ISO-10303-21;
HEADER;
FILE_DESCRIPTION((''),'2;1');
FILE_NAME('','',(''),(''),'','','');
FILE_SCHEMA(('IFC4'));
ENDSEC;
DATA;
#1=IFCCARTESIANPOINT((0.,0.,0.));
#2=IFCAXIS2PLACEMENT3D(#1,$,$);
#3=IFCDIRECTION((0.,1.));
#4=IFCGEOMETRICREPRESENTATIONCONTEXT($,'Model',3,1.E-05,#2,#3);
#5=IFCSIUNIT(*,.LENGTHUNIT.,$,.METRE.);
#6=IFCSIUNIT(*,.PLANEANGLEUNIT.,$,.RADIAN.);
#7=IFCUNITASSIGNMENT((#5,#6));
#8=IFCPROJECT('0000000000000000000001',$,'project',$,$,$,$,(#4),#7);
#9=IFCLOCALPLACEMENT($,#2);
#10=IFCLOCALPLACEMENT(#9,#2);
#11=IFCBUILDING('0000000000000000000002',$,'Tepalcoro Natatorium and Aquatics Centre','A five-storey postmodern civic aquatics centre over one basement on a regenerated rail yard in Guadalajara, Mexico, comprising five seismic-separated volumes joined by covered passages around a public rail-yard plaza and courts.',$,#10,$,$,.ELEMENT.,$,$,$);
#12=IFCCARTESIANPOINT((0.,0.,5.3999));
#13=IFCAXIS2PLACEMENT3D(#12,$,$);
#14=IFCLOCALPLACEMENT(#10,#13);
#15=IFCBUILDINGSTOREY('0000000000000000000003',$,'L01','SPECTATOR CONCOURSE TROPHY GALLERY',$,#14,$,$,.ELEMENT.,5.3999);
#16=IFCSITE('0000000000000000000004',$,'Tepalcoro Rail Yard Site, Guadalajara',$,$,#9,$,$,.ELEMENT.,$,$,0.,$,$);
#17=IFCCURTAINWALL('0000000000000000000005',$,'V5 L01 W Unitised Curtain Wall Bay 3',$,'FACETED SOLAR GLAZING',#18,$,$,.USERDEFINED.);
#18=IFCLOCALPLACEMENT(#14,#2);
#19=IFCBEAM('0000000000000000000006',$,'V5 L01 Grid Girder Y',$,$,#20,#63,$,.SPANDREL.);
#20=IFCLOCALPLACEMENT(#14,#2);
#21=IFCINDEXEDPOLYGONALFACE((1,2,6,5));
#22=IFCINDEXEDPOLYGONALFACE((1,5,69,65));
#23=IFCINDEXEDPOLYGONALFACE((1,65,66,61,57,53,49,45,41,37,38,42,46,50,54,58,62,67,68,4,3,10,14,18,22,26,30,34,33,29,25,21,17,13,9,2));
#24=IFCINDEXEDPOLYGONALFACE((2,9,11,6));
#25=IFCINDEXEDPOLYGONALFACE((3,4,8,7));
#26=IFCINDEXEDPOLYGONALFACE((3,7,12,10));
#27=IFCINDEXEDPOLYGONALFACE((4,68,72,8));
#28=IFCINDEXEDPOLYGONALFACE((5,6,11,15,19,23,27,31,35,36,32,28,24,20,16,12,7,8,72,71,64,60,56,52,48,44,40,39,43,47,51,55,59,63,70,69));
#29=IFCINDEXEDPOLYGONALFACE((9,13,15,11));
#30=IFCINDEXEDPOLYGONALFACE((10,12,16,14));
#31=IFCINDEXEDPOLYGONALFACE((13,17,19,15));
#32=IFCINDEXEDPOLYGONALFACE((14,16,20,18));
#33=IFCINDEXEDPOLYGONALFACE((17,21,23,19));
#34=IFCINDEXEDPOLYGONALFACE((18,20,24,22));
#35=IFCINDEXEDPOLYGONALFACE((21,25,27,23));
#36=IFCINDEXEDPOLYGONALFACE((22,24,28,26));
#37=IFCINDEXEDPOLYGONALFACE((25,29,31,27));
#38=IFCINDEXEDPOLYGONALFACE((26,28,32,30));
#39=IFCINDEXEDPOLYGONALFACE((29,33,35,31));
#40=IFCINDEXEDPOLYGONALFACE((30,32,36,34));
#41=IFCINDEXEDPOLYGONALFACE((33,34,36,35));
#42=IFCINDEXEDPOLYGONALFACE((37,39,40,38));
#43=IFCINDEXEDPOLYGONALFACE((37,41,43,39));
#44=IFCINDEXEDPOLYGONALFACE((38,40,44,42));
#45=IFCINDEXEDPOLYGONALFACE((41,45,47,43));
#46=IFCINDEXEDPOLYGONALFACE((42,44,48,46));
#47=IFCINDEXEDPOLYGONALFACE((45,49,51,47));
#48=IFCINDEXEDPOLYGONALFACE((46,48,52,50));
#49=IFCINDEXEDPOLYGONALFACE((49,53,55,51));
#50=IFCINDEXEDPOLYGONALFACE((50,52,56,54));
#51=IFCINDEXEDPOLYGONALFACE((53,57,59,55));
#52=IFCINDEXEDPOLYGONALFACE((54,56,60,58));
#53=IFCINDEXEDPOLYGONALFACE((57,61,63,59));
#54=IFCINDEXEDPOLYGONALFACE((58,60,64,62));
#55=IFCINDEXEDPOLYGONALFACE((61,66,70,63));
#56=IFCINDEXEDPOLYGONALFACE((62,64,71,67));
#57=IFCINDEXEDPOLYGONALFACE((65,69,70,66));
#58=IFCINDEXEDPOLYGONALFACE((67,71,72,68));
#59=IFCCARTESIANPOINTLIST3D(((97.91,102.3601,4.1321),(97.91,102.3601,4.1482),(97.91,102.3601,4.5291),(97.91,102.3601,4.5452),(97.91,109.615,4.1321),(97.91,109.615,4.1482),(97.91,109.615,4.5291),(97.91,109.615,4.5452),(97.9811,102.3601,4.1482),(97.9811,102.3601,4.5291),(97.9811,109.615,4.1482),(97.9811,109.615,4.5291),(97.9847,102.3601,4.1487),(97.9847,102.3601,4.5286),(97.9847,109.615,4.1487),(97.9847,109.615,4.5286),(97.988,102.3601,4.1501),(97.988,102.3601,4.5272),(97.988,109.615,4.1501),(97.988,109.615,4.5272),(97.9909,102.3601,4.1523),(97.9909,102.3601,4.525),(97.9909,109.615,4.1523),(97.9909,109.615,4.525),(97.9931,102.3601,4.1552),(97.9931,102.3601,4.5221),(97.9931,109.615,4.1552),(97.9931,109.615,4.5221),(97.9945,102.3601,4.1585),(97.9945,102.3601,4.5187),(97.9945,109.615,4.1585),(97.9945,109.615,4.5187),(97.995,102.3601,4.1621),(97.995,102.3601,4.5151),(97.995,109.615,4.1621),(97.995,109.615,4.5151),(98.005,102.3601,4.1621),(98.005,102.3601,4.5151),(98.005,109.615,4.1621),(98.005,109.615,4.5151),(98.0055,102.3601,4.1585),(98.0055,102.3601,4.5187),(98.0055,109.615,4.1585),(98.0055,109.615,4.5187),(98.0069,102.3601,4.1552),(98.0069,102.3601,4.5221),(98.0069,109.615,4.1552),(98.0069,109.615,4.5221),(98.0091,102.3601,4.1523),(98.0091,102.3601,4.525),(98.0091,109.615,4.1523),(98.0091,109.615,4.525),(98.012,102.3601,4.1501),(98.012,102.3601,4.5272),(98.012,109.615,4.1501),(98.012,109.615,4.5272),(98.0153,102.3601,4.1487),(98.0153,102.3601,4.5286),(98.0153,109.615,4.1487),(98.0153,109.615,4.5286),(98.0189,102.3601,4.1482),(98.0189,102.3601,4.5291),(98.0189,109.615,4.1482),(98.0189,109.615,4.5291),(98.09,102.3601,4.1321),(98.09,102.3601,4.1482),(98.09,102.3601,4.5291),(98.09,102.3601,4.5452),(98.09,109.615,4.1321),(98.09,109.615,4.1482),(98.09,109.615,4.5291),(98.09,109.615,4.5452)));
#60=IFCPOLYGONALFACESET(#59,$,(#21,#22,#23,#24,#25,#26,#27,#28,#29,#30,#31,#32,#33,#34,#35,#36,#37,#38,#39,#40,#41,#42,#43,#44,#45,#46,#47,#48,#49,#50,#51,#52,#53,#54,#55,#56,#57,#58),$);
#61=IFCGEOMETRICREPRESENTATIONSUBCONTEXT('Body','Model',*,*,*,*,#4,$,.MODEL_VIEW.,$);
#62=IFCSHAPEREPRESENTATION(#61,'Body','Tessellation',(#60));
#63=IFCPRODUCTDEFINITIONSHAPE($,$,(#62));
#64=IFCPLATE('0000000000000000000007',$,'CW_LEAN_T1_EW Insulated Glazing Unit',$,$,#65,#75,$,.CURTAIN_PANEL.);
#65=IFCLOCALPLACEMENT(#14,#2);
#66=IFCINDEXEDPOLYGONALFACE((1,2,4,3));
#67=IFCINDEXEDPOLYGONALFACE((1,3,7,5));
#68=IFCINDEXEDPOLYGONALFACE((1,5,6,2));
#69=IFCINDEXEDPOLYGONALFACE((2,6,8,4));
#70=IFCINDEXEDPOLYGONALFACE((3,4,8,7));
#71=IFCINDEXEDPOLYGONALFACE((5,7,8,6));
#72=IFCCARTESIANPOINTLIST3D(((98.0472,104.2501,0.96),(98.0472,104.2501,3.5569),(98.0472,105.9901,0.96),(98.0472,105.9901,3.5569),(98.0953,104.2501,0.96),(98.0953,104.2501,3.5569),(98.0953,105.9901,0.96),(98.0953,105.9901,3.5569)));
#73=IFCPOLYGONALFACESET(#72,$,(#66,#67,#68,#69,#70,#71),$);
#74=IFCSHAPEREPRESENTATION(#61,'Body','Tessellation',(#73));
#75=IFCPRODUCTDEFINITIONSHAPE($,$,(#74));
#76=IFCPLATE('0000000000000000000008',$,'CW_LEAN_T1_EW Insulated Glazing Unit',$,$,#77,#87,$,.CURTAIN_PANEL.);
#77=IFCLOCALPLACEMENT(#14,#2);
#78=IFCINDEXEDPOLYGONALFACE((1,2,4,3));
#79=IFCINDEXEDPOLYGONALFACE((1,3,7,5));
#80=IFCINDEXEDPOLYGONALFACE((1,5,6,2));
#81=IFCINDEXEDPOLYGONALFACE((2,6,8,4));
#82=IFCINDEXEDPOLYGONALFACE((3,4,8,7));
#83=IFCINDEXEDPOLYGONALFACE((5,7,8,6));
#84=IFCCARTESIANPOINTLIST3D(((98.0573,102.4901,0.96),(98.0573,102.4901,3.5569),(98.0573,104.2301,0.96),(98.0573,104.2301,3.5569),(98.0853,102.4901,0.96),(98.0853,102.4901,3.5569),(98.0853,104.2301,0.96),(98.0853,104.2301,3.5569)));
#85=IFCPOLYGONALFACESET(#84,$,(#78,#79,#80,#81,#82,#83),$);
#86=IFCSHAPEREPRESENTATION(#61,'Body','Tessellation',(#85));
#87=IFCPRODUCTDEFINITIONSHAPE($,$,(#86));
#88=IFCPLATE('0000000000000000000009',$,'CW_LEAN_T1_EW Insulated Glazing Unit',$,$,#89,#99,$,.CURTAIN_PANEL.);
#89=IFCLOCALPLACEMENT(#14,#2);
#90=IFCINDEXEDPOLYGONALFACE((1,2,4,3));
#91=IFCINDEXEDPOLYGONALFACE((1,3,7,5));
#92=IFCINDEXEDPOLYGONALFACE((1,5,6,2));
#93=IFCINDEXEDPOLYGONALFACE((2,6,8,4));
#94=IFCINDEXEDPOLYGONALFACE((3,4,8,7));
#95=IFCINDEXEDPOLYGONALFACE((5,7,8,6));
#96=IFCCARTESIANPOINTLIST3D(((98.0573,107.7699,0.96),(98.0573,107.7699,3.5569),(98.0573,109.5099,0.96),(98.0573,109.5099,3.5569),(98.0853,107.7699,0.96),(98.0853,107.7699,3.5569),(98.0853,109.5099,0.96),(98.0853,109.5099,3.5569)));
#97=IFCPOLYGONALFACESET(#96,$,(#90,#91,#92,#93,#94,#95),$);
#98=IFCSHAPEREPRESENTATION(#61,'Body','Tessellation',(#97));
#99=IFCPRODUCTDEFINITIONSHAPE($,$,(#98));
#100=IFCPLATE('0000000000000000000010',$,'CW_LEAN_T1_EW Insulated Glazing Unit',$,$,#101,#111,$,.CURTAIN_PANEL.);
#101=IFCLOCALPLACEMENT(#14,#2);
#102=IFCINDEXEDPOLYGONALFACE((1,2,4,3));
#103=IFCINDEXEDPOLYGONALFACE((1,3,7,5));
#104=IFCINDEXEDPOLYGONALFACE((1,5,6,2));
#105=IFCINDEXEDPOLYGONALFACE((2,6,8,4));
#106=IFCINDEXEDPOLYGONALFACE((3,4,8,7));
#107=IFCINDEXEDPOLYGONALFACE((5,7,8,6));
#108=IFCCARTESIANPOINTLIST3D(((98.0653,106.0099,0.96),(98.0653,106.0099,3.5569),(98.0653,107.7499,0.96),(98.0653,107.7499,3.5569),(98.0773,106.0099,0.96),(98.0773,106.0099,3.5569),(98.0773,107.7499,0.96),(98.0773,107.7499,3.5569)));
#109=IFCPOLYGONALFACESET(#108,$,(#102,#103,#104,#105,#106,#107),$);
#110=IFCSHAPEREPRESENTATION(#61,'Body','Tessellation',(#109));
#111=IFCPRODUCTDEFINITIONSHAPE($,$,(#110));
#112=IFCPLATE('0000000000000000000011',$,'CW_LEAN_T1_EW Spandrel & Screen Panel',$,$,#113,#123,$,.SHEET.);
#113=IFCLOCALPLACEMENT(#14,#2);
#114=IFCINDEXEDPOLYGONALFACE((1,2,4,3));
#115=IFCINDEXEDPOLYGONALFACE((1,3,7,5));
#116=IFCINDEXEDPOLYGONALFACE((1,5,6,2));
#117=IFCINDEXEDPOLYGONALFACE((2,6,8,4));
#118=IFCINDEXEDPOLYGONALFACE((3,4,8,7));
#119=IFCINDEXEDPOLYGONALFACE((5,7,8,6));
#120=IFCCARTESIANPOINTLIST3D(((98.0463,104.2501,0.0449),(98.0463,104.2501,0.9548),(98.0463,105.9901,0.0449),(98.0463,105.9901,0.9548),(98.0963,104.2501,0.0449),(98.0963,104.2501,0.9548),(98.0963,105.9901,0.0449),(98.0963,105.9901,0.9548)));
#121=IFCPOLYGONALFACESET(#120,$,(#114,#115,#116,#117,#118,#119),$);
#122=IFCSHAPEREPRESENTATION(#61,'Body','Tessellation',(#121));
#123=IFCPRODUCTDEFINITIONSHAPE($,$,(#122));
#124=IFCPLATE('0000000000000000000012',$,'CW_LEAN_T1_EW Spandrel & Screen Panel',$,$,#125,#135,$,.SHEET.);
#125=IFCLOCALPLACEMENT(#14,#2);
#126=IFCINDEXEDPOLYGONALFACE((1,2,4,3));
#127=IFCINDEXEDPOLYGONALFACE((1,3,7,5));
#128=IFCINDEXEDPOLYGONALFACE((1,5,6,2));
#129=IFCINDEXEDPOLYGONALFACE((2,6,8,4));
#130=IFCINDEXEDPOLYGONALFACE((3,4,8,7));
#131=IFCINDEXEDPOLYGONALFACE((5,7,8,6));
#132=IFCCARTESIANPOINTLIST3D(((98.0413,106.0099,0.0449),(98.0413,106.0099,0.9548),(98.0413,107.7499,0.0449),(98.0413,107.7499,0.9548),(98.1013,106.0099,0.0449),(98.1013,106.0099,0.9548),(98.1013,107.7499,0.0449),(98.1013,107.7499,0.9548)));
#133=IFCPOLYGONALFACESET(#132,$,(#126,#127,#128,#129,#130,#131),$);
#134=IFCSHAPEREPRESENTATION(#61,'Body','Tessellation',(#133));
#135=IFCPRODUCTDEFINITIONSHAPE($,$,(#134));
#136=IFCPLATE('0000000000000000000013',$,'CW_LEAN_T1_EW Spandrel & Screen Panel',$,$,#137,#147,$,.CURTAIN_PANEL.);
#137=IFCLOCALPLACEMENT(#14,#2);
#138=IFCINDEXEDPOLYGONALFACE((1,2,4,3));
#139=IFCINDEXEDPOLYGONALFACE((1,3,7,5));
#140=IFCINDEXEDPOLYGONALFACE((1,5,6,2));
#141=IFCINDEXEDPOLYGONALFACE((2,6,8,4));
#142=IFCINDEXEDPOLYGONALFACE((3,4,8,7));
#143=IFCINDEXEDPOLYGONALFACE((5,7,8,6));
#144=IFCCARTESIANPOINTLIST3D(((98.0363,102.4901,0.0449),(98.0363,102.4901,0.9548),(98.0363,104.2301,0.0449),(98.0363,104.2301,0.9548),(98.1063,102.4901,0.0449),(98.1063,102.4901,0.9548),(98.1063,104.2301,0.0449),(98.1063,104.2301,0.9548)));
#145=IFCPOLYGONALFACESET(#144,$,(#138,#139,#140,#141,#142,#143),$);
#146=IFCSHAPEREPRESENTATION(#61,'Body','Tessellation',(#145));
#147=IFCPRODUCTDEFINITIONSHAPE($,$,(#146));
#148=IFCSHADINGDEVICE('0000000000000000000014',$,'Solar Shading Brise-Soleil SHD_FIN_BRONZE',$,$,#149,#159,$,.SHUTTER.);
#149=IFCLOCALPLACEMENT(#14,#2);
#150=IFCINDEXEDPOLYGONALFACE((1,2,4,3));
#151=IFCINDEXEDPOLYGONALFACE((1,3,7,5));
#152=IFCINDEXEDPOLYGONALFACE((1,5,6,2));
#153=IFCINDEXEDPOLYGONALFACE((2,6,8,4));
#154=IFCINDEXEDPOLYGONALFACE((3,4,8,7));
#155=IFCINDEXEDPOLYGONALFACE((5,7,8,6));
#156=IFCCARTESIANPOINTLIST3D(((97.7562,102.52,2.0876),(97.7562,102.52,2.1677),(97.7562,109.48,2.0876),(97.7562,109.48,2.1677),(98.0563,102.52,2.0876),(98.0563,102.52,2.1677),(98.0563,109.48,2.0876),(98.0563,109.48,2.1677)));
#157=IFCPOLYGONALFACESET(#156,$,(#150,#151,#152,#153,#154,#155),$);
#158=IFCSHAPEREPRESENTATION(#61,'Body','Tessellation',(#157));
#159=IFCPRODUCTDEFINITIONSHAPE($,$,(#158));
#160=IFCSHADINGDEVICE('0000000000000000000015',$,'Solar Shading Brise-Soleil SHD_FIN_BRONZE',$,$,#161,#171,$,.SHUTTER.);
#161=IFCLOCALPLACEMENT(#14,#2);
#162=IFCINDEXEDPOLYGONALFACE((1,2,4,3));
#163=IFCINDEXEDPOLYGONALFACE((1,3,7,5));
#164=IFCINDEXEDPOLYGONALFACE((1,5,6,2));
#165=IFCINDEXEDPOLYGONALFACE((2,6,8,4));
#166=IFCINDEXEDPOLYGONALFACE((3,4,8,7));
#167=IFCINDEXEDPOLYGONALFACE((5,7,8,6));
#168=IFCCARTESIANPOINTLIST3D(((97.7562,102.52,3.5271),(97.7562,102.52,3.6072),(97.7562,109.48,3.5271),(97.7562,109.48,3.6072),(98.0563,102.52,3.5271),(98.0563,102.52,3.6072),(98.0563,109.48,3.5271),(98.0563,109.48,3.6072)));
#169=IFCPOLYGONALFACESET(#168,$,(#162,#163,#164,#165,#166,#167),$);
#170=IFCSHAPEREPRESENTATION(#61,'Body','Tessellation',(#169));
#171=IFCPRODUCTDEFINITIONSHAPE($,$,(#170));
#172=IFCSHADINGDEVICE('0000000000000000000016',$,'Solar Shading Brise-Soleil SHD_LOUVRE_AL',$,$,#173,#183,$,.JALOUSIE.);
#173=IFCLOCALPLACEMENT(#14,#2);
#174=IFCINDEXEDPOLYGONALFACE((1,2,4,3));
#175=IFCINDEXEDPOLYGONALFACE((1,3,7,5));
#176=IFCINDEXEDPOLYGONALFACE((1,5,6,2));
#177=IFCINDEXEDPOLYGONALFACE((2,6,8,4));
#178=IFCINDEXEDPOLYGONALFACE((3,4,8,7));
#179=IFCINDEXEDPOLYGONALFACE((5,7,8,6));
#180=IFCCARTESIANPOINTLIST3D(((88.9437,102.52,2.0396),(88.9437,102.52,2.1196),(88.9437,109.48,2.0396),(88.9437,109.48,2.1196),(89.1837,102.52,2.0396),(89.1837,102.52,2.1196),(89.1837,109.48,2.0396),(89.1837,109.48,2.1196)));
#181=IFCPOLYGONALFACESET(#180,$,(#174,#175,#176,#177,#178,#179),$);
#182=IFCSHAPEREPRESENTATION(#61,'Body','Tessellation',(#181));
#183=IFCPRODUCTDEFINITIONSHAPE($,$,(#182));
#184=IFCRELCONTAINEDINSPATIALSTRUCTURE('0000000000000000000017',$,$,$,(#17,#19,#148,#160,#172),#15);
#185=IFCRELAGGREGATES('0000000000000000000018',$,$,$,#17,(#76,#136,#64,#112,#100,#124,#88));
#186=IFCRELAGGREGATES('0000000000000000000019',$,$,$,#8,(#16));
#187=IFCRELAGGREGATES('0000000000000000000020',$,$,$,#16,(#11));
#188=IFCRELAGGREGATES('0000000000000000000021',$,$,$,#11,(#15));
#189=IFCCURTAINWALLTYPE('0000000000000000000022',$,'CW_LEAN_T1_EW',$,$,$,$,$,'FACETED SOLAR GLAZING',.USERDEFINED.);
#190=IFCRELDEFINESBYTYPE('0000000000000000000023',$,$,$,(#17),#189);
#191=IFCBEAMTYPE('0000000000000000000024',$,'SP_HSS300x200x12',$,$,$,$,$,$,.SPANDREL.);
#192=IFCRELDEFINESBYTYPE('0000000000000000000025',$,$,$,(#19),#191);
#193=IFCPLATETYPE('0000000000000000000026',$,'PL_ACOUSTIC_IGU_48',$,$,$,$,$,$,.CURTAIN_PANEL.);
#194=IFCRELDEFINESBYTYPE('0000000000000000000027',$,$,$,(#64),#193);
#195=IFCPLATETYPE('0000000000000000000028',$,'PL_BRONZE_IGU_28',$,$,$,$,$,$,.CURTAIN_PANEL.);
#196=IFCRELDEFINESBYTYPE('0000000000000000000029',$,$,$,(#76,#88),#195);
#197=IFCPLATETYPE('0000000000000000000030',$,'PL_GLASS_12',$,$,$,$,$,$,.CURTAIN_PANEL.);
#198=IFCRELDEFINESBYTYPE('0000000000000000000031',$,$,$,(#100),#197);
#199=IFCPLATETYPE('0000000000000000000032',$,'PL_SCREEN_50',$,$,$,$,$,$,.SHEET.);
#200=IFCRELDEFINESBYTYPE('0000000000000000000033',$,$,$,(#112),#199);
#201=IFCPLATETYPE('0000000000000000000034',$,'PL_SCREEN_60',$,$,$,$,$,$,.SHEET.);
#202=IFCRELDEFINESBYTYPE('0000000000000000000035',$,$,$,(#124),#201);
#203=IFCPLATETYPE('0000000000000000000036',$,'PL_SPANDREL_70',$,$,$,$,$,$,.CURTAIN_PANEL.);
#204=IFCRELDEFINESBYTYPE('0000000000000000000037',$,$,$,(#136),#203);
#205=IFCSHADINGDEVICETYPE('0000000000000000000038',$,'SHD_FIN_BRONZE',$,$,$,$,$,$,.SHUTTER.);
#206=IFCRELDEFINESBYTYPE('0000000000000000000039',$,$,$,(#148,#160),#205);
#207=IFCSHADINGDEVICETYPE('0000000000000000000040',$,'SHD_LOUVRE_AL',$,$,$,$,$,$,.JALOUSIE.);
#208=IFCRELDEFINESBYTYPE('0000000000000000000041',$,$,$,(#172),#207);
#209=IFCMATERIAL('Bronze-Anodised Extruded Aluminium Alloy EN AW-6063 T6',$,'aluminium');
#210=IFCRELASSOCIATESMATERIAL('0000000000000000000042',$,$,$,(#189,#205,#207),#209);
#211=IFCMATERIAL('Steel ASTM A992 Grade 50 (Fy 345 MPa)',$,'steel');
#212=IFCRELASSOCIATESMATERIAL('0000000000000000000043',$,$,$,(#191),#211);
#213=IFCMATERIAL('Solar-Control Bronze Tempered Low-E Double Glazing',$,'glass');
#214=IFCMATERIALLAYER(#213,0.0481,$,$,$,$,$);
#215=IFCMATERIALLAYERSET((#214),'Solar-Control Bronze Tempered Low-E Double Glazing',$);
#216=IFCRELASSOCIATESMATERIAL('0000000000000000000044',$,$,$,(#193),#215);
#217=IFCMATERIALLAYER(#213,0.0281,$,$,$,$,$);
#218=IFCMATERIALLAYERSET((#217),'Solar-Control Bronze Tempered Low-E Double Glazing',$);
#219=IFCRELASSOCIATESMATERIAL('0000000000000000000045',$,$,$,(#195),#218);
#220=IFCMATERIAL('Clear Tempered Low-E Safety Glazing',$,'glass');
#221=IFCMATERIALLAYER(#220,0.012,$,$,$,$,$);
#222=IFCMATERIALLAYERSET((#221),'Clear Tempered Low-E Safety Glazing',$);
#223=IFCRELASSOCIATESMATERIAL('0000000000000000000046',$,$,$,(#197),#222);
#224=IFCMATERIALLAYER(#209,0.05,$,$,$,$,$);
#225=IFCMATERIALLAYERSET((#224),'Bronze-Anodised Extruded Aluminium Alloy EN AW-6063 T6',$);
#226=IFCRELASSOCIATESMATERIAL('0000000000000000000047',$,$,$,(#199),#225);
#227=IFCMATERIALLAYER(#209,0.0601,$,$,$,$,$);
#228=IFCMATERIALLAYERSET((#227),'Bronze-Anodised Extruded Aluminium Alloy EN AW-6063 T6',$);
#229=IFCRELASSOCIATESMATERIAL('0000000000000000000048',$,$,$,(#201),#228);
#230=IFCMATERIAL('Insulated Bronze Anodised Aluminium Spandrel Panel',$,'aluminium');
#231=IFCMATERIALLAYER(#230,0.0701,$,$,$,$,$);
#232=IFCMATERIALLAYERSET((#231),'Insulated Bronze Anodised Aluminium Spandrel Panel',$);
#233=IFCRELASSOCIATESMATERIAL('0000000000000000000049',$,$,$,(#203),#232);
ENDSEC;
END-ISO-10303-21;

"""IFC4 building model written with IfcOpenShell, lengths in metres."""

from ifc_helpers import new_model, si_unit, direction, frame, origin, origin_2d, place, context, subcontext, project, spatial, rectangle, i_section, extrude, material, layer, layer_set, material_profile, profile_set, type_object, element, aggregate, save


model = new_model("IFC4")

# Units and contexts
model_context = context("Model", 3, precision=1e-05, world=origin(), true_north=direction((0.0, 1.0)))
body_context = subcontext(model_context, "Body", "Model", "MODEL_VIEW")
ifc_project = project(units=[si_unit("LENGTHUNIT", "METRE"), si_unit("PLANEANGLEUNIT", "RADIAN")], contexts=[model_context])

# Site, building, storey
site_placement = place(None, origin())
site = spatial("IfcSite", under=ifc_project, at=site_placement, Name="Tepalcoro Rail Yard Site, Guadalajara", CompositionType="ELEMENT", RefElevation=0.0)
building_placement = place(site_placement, origin())
building = spatial("IfcBuilding", under=site, at=building_placement, Name="Tepalcoro Natatorium and Aquatics Centre", Description="A five-storey postmodern civic aquatics centre over one basement on a regenerated rail yard in Guadalajara, Mexico, comprising five seismic-separated volumes joined by covered passages around a public rail-yard plaza and courts.", CompositionType="ELEMENT")
storey_placement = place(building_placement, frame((0.0, 0.0, 5.3999)))
storey = spatial("IfcBuildingStorey", under=building, at=storey_placement, Name="L01", Description="SPECTATOR CONCOURSE TROPHY GALLERY", CompositionType="ELEMENT", Elevation=5.3999)

# Curtain wall
ifc_material_1 = material(Name="Bronze-Anodised Extruded Aluminium Alloy EN AW-6063 T6", Category="aluminium")
curtain_wall_type_1 = type_object("IfcCurtainWallType", Name="CW_LEAN_T1_EW", ElementType="FACETED SOLAR GLAZING", PredefinedType="USERDEFINED", material=ifc_material_1)
curtain_wall_1_placement = place(storey_placement, origin())
curtain_wall_1 = element("IfcCurtainWall", 1, at=curtain_wall_1_placement, inside=storey, type_object=curtain_wall_type_1, Name="V5 L01 W Unitised Curtain Wall Bay 3", ObjectType="FACETED SOLAR GLAZING", PredefinedType="USERDEFINED")

# Beam
ifc_material_2 = material(Name="Steel ASTM A992 Grade 50 (Fy 345 MPa)", Category="steel")
ifc_material_profile_1 = material_profile(ifc_material_2, i_section(OverallWidth=0.1799, OverallDepth=0.4131, WebThickness=0.01, FlangeThickness=0.0161, FilletRadius=0.0139, at=origin_2d()), Name="W16X50")
ifc_profile_set_1 = profile_set([ifc_material_profile_1], Name="Steel ASTM A992 Grade 50 (Fy 345 MPa)")
beam_type = type_object("IfcBeamType", Name="SP_HSS300x200x12", PredefinedType="SPANDREL", material=ifc_profile_set_1)
beam_placement = place(storey_placement, frame((98.0, 102.3601, 4.3386), z_axis=(0.0, 1.0, 0.0), x_axis=(-1.0, 0.0, 0.0)))
element("IfcBeam", 2, at=beam_placement, inside=storey, type_object=beam_type, Name="V5 L01 Grid Girder Y", PredefinedType="SPANDREL", context=body_context, shape_type="SweptSolid", body=[
    extrude(i_section(OverallWidth=0.1799, OverallDepth=0.4131, WebThickness=0.01, FlangeThickness=0.0161, FilletRadius=0.0139, at=origin_2d()), origin(), (0.0, 0.0, 1.0), 7.2549),
])

# Plates
ifc_material_3 = material(Name="Solar-Control Bronze Tempered Low-E Double Glazing", Category="glass")
ifc_layer_1 = layer(ifc_material_3, 0.0481)
ifc_layer_set_1 = layer_set([ifc_layer_1], Name="Solar-Control Bronze Tempered Low-E Double Glazing")
plate_type_1 = type_object("IfcPlateType", Name="PL_ACOUSTIC_IGU_48", PredefinedType="CURTAIN_PANEL", material=ifc_layer_set_1)
plate_1_placement = place(storey_placement, frame((98.0713, 105.1201, 0.96), z_axis=(0.0, 0.0, 1.0), x_axis=(1.0, 0.0, 0.0)))
plate_1 = element("IfcPlate", 3, at=plate_1_placement, type_object=plate_type_1, Name="CW_LEAN_T1_EW Insulated Glazing Unit", PredefinedType="CURTAIN_PANEL", context=body_context, shape_type="SweptSolid", body=[
    extrude(rectangle(XDim=0.0481, YDim=1.74, at=origin_2d()), origin(), (0.0, 0.0, 1.0), 2.5969),
])
ifc_layer_2 = layer(ifc_material_3, 0.0281)
ifc_layer_set_2 = layer_set([ifc_layer_2], Name="Solar-Control Bronze Tempered Low-E Double Glazing")
plate_type_2 = type_object("IfcPlateType", Name="PL_BRONZE_IGU_28", PredefinedType="CURTAIN_PANEL", material=ifc_layer_set_2)
plate_2_placement = place(storey_placement, frame((98.0713, 103.3601, 0.96), z_axis=(0.0, 0.0, 1.0), x_axis=(1.0, 0.0, 0.0)))
plate_2 = element("IfcPlate", 4, at=plate_2_placement, type_object=plate_type_2, Name="CW_LEAN_T1_EW Insulated Glazing Unit", PredefinedType="CURTAIN_PANEL", context=body_context, shape_type="SweptSolid", body=[
    extrude(rectangle(XDim=0.0281, YDim=1.74, at=origin_2d()), origin(), (0.0, 0.0, 1.0), 2.5969),
])
plate_3_placement = place(storey_placement, frame((98.0713, 108.6399, 0.96), z_axis=(0.0, 0.0, 1.0), x_axis=(1.0, 0.0, 0.0)))
plate_3 = element("IfcPlate", 5, at=plate_3_placement, type_object=plate_type_2, Name="CW_LEAN_T1_EW Insulated Glazing Unit", PredefinedType="CURTAIN_PANEL", context=body_context, shape_type="SweptSolid", body=[
    extrude(rectangle(XDim=0.0281, YDim=1.74, at=origin_2d()), origin(), (0.0, 0.0, 1.0), 2.5969),
])
ifc_material_4 = material(Name="Clear Tempered Low-E Safety Glazing", Category="glass")
ifc_layer_3 = layer(ifc_material_4, 0.012)
ifc_layer_set_3 = layer_set([ifc_layer_3], Name="Clear Tempered Low-E Safety Glazing")
plate_type_3 = type_object("IfcPlateType", Name="PL_GLASS_12", PredefinedType="CURTAIN_PANEL", material=ifc_layer_set_3)
plate_4_placement = place(storey_placement, frame((98.0713, 106.8799, 0.96), z_axis=(0.0, 0.0, 1.0), x_axis=(1.0, 0.0, 0.0)))
plate_4 = element("IfcPlate", 6, at=plate_4_placement, type_object=plate_type_3, Name="CW_LEAN_T1_EW Insulated Glazing Unit", PredefinedType="CURTAIN_PANEL", context=body_context, shape_type="SweptSolid", body=[
    extrude(rectangle(XDim=0.012, YDim=1.74, at=origin_2d()), origin(), (0.0, 0.0, 1.0), 2.5969),
])
ifc_layer_4 = layer(ifc_material_1, 0.05)
ifc_layer_set_4 = layer_set([ifc_layer_4], Name="Bronze-Anodised Extruded Aluminium Alloy EN AW-6063 T6")
plate_type_4 = type_object("IfcPlateType", Name="PL_SCREEN_50", PredefinedType="SHEET", material=ifc_layer_set_4)
plate_5_placement = place(storey_placement, frame((98.0713, 105.1201, 0.0449), z_axis=(0.0, 0.0, 1.0), x_axis=(1.0, 0.0, 0.0)))
plate_5 = element("IfcPlate", 7, at=plate_5_placement, type_object=plate_type_4, Name="CW_LEAN_T1_EW Spandrel & Screen Panel", PredefinedType="SHEET", context=body_context, shape_type="SweptSolid", body=[
    extrude(rectangle(XDim=0.05, YDim=1.74, at=origin_2d()), origin(), (0.0, 0.0, 1.0), 0.9099),
])
ifc_layer_5 = layer(ifc_material_1, 0.0601)
ifc_layer_set_5 = layer_set([ifc_layer_5], Name="Bronze-Anodised Extruded Aluminium Alloy EN AW-6063 T6")
plate_type_5 = type_object("IfcPlateType", Name="PL_SCREEN_60", PredefinedType="SHEET", material=ifc_layer_set_5)
plate_6_placement = place(storey_placement, frame((98.0713, 106.8799, 0.0449), z_axis=(0.0, 0.0, 1.0), x_axis=(1.0, 0.0, 0.0)))
plate_6 = element("IfcPlate", 8, at=plate_6_placement, type_object=plate_type_5, Name="CW_LEAN_T1_EW Spandrel & Screen Panel", PredefinedType="SHEET", context=body_context, shape_type="SweptSolid", body=[
    extrude(rectangle(XDim=0.0601, YDim=1.74, at=origin_2d()), origin(), (0.0, 0.0, 1.0), 0.9099),
])
ifc_material_5 = material(Name="Insulated Bronze Anodised Aluminium Spandrel Panel", Category="aluminium")
ifc_layer_6 = layer(ifc_material_5, 0.0701)
ifc_layer_set_6 = layer_set([ifc_layer_6], Name="Insulated Bronze Anodised Aluminium Spandrel Panel")
plate_type_6 = type_object("IfcPlateType", Name="PL_SPANDREL_70", PredefinedType="CURTAIN_PANEL", material=ifc_layer_set_6)
plate_7_placement = place(storey_placement, frame((98.0713, 103.3601, 0.0449), z_axis=(0.0, 0.0, 1.0), x_axis=(1.0, 0.0, 0.0)))
plate_7 = element("IfcPlate", 9, at=plate_7_placement, type_object=plate_type_6, Name="CW_LEAN_T1_EW Spandrel & Screen Panel", PredefinedType="CURTAIN_PANEL", context=body_context, shape_type="SweptSolid", body=[
    extrude(rectangle(XDim=0.0701, YDim=1.74, at=origin_2d()), origin(), (0.0, 0.0, 1.0), 0.9099),
])
aggregate(curtain_wall_1, [plate_2, plate_7, plate_1, plate_5, plate_4, plate_6, plate_3])

# Shading devices
shading_device_type_1 = type_object("IfcShadingDeviceType", Name="SHD_FIN_BRONZE", PredefinedType="SHUTTER", material=ifc_material_1)
for number, where, z_axis, x_axis, name in (
    (10, (97.9062, 106.0, 2.0876), (0.0, 0.0, 1.0), (1.0, 0.0, 0.0), "Solar Shading Brise-Soleil SHD_FIN_BRONZE"),
    (11, (97.9062, 106.0, 3.5271), (0.0, 0.0, 1.0), (1.0, 0.0, 0.0), "Solar Shading Brise-Soleil SHD_FIN_BRONZE"),
):
    element("IfcShadingDevice", number, at=place(storey_placement, frame(where, z_axis=z_axis, x_axis=x_axis)), inside=storey, type_object=shading_device_type_1, Name=name, PredefinedType="SHUTTER", context=body_context, shape_type="SweptSolid", body=[
        extrude(rectangle(XDim=0.3, YDim=6.96, at=origin_2d()), origin(), (0.0, 0.0, 1.0), 0.0801),
    ])
shading_device_type_2 = type_object("IfcShadingDeviceType", Name="SHD_LOUVRE_AL", PredefinedType="JALOUSIE", material=ifc_material_1)
for number, where, z_axis, x_axis, name in (
    (12, (89.0637, 106.0, 2.0396), (0.0, 0.0, 1.0), (1.0, 0.0, 0.0), "Solar Shading Brise-Soleil SHD_LOUVRE_AL"),
):
    element("IfcShadingDevice", number, at=place(storey_placement, frame(where, z_axis=z_axis, x_axis=x_axis)), inside=storey, type_object=shading_device_type_2, Name=name, PredefinedType="JALOUSIE", context=body_context, shape_type="SweptSolid", body=[
        extrude(rectangle(XDim=0.24, YDim=6.96, at=origin_2d()), origin(), (0.0, 0.0, 1.0), 0.0801),
    ])

save(model, "model.ifc")
